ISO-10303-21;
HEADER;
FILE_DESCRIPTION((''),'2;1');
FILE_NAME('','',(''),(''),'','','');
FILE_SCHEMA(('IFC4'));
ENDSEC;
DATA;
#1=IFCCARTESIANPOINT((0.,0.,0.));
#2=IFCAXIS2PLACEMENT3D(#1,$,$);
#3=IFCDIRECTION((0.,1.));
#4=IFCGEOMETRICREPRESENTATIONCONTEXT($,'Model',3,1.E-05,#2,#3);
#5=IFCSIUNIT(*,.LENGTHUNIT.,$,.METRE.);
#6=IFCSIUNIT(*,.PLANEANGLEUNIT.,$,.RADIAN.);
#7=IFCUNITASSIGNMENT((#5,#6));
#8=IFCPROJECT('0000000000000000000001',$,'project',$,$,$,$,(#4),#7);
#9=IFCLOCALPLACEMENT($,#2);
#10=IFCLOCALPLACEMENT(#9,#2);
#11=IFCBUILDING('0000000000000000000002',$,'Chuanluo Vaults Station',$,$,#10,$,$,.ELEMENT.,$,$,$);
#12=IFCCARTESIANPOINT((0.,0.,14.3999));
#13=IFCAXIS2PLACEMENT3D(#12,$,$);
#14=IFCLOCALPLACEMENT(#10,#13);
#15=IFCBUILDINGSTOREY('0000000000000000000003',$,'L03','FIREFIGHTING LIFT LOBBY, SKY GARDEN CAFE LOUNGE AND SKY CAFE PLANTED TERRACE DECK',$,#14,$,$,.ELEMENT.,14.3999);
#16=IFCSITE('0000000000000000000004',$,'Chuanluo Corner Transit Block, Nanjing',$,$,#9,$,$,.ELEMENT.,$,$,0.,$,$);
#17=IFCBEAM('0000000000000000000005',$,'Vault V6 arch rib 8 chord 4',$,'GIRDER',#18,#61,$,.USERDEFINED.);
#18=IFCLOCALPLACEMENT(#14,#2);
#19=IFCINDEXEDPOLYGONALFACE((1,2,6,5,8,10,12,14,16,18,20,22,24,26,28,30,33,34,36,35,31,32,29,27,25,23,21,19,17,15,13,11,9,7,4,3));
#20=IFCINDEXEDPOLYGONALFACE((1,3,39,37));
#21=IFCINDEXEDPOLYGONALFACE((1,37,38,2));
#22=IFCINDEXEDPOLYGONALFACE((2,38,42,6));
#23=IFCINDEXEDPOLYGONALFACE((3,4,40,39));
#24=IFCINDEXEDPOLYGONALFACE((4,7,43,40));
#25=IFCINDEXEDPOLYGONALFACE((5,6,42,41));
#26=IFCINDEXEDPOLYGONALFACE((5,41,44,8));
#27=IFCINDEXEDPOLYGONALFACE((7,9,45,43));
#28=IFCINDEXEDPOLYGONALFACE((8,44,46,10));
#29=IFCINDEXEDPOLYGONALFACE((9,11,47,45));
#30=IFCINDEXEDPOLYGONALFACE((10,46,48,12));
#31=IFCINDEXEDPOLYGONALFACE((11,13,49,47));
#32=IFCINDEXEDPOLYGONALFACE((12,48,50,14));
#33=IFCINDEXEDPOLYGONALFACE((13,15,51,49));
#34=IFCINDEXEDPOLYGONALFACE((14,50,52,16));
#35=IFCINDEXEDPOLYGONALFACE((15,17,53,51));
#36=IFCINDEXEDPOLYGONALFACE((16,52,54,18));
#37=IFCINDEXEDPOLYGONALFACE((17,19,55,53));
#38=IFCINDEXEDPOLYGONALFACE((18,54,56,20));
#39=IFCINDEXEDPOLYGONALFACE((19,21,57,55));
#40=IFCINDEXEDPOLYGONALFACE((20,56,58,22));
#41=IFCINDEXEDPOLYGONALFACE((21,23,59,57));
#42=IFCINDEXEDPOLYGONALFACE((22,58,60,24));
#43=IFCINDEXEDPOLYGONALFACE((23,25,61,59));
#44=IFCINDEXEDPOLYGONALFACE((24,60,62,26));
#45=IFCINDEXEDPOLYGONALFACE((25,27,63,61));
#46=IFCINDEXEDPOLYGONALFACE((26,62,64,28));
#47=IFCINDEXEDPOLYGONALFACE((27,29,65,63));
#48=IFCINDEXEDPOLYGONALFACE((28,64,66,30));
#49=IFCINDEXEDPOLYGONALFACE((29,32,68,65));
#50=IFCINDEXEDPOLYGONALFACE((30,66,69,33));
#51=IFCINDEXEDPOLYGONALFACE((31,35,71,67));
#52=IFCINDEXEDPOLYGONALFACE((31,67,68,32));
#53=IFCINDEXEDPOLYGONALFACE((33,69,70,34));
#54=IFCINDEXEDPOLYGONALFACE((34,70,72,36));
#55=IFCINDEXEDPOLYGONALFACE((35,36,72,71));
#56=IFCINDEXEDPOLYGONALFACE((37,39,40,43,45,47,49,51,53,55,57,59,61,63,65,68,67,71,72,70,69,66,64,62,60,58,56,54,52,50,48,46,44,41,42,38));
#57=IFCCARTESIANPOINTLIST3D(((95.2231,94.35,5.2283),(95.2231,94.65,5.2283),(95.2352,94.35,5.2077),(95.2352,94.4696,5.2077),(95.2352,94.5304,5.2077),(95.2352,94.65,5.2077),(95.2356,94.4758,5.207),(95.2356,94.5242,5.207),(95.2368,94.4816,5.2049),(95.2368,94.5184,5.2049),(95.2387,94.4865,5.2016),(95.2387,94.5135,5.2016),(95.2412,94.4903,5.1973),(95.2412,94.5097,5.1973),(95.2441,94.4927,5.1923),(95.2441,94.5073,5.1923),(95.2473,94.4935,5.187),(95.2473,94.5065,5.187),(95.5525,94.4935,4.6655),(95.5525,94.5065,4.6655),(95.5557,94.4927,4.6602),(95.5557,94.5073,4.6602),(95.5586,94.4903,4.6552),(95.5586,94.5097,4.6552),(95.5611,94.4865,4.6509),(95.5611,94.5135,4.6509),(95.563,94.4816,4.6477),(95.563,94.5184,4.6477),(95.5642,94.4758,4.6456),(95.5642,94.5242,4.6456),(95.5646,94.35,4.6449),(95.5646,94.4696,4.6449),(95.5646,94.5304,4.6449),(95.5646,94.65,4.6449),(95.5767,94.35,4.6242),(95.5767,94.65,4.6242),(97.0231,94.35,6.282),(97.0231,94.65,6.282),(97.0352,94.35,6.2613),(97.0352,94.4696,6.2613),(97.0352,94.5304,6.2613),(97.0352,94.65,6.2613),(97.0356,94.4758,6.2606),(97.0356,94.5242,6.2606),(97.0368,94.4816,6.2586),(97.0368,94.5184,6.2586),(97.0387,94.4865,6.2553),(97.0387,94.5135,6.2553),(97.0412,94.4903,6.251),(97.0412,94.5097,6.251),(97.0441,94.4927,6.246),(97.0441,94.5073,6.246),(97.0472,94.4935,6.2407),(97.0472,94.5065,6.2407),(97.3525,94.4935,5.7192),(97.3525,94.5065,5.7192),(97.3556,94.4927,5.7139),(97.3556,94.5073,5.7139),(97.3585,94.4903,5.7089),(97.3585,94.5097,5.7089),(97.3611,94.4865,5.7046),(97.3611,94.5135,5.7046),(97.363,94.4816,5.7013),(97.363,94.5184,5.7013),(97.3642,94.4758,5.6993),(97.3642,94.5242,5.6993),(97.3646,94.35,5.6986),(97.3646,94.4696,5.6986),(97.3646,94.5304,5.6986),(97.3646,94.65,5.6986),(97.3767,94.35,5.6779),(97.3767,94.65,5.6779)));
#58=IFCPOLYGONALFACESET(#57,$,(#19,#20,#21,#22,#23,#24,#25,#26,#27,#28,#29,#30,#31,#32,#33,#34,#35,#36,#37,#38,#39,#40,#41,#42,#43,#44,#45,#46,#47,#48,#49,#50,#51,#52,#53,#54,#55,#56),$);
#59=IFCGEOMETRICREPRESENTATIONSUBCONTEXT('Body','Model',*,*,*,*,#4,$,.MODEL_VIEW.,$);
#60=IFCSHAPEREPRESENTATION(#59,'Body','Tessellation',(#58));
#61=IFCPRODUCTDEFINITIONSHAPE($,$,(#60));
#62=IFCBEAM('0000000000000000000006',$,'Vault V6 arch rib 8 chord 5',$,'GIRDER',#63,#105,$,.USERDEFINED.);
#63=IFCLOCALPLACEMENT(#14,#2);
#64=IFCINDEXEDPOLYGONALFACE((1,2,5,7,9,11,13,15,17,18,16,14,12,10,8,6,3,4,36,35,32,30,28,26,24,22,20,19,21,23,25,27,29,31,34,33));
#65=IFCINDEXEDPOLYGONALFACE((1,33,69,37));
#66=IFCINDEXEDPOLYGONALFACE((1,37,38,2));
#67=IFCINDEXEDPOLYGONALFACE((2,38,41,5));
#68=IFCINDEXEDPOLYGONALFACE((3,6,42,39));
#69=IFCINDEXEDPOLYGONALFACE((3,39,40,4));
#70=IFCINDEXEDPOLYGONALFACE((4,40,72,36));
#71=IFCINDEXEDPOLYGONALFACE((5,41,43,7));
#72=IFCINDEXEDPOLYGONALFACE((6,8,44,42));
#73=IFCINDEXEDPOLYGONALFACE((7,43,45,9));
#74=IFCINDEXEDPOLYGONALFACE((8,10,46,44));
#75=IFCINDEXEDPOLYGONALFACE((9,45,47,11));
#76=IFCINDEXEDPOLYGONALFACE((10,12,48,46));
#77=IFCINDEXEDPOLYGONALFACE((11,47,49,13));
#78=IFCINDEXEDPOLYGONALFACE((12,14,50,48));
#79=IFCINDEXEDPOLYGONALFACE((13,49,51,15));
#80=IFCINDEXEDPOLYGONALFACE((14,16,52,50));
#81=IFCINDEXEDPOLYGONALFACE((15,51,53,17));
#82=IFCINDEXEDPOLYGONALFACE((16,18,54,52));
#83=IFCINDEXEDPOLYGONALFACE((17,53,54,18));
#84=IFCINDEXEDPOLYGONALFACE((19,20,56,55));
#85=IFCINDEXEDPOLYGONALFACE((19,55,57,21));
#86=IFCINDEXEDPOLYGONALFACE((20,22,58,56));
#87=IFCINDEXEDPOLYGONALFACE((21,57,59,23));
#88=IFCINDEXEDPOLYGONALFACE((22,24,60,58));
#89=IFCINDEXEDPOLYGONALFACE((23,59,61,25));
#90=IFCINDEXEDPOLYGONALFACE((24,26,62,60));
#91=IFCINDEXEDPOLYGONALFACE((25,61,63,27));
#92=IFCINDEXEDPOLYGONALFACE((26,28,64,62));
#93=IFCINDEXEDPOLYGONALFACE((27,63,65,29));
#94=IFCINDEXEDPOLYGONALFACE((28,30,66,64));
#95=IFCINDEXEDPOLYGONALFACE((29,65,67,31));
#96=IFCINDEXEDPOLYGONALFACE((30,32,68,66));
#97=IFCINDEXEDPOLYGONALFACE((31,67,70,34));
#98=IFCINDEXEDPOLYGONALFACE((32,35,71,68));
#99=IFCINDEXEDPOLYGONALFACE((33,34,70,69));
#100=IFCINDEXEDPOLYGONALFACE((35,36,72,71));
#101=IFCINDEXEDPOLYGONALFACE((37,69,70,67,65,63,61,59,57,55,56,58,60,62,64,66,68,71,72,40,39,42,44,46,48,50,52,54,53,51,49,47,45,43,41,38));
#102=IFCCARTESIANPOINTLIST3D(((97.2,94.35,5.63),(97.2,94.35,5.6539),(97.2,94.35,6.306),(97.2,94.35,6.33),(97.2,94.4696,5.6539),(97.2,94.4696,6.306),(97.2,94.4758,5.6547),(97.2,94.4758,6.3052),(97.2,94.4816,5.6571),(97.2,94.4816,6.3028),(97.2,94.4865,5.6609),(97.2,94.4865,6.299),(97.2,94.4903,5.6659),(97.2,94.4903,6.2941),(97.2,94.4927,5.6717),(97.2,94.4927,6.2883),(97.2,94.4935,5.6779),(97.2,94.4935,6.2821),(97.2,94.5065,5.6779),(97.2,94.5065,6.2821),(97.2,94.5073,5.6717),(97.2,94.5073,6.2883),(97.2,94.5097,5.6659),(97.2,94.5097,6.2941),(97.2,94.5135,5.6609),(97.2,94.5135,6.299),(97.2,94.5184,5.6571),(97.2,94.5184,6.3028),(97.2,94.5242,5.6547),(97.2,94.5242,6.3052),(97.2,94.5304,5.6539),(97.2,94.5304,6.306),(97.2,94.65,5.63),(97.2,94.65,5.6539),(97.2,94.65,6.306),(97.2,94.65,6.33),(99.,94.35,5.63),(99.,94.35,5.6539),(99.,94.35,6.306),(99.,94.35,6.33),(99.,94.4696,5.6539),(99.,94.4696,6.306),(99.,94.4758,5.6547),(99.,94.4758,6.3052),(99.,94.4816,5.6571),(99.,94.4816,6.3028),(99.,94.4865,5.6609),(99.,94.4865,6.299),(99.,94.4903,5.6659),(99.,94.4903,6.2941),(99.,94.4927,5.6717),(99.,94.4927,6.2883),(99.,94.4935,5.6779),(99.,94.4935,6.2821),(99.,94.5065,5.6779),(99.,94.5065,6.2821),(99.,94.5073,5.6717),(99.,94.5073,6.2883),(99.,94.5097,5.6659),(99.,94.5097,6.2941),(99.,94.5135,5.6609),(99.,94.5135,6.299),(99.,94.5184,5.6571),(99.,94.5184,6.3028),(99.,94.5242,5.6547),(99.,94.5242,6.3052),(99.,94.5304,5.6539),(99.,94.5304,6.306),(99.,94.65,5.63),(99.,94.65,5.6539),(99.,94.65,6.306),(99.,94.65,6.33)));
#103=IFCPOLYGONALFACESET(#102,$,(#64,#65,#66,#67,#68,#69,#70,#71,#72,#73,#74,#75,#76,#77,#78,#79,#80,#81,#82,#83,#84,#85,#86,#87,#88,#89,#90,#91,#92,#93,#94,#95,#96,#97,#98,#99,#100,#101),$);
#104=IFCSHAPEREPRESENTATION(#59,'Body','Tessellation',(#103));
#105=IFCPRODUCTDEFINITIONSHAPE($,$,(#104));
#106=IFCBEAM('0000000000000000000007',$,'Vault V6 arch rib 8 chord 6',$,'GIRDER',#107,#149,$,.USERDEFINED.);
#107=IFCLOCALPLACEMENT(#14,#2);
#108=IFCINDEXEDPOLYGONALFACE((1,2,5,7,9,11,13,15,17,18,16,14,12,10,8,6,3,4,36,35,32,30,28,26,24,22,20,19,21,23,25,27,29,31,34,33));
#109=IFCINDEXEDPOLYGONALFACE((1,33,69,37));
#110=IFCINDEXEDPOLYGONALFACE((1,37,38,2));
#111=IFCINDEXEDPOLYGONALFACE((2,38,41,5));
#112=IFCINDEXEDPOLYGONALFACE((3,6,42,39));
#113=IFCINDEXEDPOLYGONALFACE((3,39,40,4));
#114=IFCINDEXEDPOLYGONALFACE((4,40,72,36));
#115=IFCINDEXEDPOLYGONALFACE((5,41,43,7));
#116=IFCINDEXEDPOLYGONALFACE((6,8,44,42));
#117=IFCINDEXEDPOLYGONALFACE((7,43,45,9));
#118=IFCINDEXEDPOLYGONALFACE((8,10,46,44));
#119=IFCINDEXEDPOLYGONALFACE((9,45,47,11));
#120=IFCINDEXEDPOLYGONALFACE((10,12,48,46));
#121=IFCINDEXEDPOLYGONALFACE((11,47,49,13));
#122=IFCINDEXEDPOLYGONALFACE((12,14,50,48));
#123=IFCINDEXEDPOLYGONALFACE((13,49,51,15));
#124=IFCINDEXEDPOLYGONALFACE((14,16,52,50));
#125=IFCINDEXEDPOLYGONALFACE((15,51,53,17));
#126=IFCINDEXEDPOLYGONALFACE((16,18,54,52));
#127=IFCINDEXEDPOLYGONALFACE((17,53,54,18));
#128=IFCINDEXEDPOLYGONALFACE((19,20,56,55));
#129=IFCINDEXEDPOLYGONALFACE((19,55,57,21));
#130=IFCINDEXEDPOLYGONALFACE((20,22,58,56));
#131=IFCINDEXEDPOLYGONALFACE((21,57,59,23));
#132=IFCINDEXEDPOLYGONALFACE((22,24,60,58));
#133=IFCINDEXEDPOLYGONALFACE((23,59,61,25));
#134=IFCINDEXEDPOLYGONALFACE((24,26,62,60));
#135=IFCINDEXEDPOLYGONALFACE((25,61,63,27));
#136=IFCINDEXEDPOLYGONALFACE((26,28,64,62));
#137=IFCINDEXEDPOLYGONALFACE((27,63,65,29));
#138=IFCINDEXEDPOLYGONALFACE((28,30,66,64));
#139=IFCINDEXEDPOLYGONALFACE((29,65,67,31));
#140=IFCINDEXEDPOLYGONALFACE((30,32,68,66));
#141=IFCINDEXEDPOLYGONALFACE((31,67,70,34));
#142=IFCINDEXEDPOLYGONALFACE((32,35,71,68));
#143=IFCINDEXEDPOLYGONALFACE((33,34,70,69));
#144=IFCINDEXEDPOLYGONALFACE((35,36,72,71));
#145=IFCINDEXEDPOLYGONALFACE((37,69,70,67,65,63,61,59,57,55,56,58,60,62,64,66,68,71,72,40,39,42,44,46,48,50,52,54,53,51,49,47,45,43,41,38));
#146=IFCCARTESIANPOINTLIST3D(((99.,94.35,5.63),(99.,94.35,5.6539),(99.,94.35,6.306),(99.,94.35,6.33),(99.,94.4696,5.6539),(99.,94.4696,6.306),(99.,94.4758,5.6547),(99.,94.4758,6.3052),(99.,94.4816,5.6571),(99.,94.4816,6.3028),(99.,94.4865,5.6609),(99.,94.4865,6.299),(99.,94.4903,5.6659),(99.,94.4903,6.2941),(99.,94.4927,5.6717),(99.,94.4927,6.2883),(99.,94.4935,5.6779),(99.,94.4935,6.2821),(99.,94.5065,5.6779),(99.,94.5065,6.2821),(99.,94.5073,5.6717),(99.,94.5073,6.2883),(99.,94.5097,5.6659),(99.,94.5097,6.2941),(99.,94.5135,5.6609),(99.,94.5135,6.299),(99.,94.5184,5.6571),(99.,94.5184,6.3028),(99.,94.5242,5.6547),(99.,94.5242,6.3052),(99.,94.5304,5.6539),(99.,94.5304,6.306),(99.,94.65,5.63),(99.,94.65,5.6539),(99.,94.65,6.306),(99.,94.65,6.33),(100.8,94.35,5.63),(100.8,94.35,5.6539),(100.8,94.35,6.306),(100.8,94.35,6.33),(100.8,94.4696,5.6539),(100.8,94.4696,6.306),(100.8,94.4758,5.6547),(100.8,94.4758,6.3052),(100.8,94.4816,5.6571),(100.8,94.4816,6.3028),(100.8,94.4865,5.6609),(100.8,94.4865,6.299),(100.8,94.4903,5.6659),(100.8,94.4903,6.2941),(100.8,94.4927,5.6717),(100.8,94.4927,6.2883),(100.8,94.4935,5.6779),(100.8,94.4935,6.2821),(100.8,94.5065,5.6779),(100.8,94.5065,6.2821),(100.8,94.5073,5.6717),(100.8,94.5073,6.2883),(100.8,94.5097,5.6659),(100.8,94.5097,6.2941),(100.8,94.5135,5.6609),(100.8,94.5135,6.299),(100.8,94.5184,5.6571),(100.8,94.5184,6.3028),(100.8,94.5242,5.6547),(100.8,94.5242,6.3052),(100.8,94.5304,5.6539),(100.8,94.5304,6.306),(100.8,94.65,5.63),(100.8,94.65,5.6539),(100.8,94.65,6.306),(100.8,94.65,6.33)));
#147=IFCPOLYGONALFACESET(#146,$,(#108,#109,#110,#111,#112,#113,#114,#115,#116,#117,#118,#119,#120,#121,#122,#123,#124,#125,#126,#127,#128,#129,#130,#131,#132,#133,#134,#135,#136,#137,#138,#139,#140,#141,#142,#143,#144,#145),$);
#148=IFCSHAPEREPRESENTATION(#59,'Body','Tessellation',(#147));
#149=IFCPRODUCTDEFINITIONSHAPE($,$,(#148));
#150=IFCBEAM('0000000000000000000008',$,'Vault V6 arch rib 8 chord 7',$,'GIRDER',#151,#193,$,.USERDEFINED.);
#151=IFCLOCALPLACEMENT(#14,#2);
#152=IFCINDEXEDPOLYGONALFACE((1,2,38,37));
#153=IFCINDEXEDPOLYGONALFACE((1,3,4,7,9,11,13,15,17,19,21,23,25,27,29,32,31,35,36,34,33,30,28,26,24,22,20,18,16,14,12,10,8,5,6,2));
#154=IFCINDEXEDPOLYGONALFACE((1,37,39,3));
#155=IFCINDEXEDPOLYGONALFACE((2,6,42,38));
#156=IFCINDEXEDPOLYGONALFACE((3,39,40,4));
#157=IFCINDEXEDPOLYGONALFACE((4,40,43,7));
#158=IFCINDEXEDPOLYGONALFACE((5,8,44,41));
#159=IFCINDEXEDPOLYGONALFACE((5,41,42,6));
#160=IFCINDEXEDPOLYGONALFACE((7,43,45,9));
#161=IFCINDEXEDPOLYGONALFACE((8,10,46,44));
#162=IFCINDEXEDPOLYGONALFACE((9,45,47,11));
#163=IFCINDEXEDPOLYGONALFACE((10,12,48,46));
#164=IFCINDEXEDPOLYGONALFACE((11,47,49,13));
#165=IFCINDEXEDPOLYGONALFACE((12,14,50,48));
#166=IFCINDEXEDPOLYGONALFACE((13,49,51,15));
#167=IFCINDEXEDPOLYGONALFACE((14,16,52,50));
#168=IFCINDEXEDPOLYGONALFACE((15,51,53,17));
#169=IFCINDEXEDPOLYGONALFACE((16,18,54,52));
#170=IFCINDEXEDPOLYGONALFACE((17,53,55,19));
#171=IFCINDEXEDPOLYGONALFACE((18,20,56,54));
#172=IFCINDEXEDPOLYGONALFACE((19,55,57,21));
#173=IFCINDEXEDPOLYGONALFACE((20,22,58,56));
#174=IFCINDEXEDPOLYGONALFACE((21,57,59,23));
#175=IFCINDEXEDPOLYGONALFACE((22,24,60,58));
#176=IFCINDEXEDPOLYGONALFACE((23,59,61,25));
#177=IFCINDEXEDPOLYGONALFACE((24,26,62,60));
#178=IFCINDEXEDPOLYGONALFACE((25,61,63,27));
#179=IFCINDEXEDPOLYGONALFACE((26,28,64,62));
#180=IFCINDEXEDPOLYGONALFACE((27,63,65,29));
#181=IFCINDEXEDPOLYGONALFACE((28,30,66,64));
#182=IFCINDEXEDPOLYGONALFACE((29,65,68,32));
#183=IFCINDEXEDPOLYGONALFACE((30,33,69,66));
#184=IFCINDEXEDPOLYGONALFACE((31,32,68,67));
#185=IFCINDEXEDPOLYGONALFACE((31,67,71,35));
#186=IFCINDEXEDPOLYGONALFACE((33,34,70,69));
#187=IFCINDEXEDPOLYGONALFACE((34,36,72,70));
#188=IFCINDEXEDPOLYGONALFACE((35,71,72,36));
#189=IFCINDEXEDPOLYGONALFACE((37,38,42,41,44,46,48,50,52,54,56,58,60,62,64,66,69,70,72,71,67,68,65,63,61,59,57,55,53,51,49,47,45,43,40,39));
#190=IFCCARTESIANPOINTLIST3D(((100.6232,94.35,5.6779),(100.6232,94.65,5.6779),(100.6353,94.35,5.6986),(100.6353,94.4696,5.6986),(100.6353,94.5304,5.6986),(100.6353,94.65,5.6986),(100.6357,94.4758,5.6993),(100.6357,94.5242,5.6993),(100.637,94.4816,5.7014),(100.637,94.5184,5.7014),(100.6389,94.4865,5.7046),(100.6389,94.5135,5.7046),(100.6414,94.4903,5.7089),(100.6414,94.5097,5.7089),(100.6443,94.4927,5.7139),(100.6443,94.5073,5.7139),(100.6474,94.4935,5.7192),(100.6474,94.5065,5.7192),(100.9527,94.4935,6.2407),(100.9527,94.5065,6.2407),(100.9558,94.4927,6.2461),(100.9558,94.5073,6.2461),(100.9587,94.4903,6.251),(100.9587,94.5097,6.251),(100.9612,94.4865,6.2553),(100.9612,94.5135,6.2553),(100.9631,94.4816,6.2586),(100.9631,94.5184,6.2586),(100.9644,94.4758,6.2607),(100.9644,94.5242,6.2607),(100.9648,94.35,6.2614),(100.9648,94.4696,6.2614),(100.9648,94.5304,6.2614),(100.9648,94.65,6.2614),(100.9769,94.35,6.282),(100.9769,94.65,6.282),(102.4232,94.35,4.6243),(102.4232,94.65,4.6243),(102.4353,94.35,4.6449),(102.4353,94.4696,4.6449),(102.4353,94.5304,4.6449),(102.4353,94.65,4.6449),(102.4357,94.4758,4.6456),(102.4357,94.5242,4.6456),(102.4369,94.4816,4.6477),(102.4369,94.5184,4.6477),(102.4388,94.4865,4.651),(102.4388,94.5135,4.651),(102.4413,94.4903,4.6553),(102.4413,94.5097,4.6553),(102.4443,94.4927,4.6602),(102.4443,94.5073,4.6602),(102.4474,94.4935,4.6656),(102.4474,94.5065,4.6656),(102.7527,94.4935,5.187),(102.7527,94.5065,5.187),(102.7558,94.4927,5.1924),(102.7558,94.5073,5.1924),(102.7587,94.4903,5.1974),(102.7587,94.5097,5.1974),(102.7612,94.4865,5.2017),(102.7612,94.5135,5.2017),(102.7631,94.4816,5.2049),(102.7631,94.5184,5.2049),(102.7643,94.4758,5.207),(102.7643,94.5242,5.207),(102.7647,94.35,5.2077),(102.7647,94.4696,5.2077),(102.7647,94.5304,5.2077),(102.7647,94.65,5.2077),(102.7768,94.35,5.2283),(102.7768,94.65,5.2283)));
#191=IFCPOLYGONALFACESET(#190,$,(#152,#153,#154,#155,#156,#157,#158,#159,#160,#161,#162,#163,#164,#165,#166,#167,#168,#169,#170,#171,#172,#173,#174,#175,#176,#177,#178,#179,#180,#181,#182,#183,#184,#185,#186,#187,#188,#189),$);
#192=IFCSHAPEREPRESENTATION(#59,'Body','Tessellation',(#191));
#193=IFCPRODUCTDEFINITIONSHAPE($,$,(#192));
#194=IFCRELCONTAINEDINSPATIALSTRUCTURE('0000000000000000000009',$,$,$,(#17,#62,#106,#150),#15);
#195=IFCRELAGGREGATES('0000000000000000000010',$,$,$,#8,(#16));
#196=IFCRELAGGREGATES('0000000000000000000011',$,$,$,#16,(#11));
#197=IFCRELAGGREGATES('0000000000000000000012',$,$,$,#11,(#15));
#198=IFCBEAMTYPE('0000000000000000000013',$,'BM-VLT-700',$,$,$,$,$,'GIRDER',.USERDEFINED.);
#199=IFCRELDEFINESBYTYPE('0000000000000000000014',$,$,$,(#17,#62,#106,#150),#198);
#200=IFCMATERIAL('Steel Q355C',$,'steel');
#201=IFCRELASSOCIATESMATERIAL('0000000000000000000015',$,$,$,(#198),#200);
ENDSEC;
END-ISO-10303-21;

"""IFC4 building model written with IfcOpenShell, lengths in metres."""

from ifc_helpers import new_model, si_unit, direction, frame, origin, origin_2d, place, context, subcontext, project, spatial, i_section, extrude, material, material_profile, profile_set, type_object, element, save


model = new_model("IFC4")

# Units and contexts
model_context = context("Model", 3, precision=1e-05, world=origin(), true_north=direction((0.0, 1.0)))
body_context = subcontext(model_context, "Body", "Model", "MODEL_VIEW")
ifc_project = project(units=[si_unit("LENGTHUNIT", "METRE"), si_unit("PLANEANGLEUNIT", "RADIAN")], contexts=[model_context])

# Site, building, storey
site_placement = place(None, origin())
site = spatial("IfcSite", under=ifc_project, at=site_placement, Name="Chuanluo Corner Transit Block, Nanjing", CompositionType="ELEMENT", RefElevation=0.0)
building_placement = place(site_placement, origin())
building = spatial("IfcBuilding", under=site, at=building_placement, Name="Chuanluo Vaults Station", CompositionType="ELEMENT")
storey_placement = place(building_placement, frame((0.0, 0.0, 14.3999)))
storey = spatial("IfcBuildingStorey", under=building, at=storey_placement, Name="L03", Description="FIREFIGHTING LIFT LOBBY, SKY GARDEN CAFE LOUNGE AND SKY CAFE PLANTED TERRACE DECK", CompositionType="ELEMENT", Elevation=14.3999)

# Beams
ifc_material_1 = material(Name="Steel Q355C", Category="steel")
ifc_material_profile_1 = material_profile(ifc_material_1, i_section(OverallWidth=0.3, OverallDepth=0.7, WebThickness=0.0129, FlangeThickness=0.0239, FilletRadius=0.0239, at=origin_2d()))
ifc_profile_set_1 = profile_set([ifc_material_profile_1], Name="Steel Q355C")
beam_type = type_object("IfcBeamType", Name="BM-VLT-700", ElementType="GIRDER", PredefinedType="USERDEFINED", material=ifc_profile_set_1)
beam_1_placement = place(storey_placement, frame((95.3999, 94.5, 4.9263), z_axis=(0.863009, 0.0, 0.505188), x_axis=(0.0, 1.0, 0.0)))
element("IfcBeam", 1, at=beam_1_placement, inside=storey, type_object=beam_type, Name="Vault V6 arch rib 8 chord 4", ObjectType="GIRDER", PredefinedType="USERDEFINED", context=body_context, shape_type="SweptSolid", body=[
    extrude(i_section(OverallWidth=0.3, OverallDepth=0.7, WebThickness=0.0129, FlangeThickness=0.0239, FilletRadius=0.0239, at=origin_2d()), origin(), (0.0, 0.0, 1.0), 2.0857),
])
for number, where, z_axis, x_axis, name in (
    (2, (97.2, 94.5, 5.98), (1.0, 0.0, 0.0), (0.0, 1.0, 0.0), "Vault V6 arch rib 8 chord 5"),
    (3, (99.0, 94.5, 5.98), (1.0, 0.0, 0.0), (0.0, 1.0, 0.0), "Vault V6 arch rib 8 chord 6"),
):
    element("IfcBeam", number, at=place(storey_placement, frame(where, z_axis=z_axis, x_axis=x_axis)), inside=storey, type_object=beam_type, Name=name, ObjectType="GIRDER", PredefinedType="USERDEFINED", context=body_context, shape_type="SweptSolid", body=[
        extrude(i_section(OverallWidth=0.3, OverallDepth=0.7, WebThickness=0.0129, FlangeThickness=0.0239, FilletRadius=0.0239, at=origin_2d()), origin(), (0.0, 0.0, 1.0), 1.8),
    ])
beam_2_placement = place(storey_placement, frame((100.8, 94.5, 5.98), z_axis=(0.863009, 0.0, -0.505188), x_axis=(0.0, 1.0, 0.0)))
element("IfcBeam", 4, at=beam_2_placement, inside=storey, type_object=beam_type, Name="Vault V6 arch rib 8 chord 7", ObjectType="GIRDER", PredefinedType="USERDEFINED", context=body_context, shape_type="SweptSolid", body=[
    extrude(i_section(OverallWidth=0.3, OverallDepth=0.7, WebThickness=0.0129, FlangeThickness=0.0239, FilletRadius=0.0239, at=origin_2d()), origin(), (0.0, 0.0, 1.0), 2.0857),
])

save(model, "model.ifc")
